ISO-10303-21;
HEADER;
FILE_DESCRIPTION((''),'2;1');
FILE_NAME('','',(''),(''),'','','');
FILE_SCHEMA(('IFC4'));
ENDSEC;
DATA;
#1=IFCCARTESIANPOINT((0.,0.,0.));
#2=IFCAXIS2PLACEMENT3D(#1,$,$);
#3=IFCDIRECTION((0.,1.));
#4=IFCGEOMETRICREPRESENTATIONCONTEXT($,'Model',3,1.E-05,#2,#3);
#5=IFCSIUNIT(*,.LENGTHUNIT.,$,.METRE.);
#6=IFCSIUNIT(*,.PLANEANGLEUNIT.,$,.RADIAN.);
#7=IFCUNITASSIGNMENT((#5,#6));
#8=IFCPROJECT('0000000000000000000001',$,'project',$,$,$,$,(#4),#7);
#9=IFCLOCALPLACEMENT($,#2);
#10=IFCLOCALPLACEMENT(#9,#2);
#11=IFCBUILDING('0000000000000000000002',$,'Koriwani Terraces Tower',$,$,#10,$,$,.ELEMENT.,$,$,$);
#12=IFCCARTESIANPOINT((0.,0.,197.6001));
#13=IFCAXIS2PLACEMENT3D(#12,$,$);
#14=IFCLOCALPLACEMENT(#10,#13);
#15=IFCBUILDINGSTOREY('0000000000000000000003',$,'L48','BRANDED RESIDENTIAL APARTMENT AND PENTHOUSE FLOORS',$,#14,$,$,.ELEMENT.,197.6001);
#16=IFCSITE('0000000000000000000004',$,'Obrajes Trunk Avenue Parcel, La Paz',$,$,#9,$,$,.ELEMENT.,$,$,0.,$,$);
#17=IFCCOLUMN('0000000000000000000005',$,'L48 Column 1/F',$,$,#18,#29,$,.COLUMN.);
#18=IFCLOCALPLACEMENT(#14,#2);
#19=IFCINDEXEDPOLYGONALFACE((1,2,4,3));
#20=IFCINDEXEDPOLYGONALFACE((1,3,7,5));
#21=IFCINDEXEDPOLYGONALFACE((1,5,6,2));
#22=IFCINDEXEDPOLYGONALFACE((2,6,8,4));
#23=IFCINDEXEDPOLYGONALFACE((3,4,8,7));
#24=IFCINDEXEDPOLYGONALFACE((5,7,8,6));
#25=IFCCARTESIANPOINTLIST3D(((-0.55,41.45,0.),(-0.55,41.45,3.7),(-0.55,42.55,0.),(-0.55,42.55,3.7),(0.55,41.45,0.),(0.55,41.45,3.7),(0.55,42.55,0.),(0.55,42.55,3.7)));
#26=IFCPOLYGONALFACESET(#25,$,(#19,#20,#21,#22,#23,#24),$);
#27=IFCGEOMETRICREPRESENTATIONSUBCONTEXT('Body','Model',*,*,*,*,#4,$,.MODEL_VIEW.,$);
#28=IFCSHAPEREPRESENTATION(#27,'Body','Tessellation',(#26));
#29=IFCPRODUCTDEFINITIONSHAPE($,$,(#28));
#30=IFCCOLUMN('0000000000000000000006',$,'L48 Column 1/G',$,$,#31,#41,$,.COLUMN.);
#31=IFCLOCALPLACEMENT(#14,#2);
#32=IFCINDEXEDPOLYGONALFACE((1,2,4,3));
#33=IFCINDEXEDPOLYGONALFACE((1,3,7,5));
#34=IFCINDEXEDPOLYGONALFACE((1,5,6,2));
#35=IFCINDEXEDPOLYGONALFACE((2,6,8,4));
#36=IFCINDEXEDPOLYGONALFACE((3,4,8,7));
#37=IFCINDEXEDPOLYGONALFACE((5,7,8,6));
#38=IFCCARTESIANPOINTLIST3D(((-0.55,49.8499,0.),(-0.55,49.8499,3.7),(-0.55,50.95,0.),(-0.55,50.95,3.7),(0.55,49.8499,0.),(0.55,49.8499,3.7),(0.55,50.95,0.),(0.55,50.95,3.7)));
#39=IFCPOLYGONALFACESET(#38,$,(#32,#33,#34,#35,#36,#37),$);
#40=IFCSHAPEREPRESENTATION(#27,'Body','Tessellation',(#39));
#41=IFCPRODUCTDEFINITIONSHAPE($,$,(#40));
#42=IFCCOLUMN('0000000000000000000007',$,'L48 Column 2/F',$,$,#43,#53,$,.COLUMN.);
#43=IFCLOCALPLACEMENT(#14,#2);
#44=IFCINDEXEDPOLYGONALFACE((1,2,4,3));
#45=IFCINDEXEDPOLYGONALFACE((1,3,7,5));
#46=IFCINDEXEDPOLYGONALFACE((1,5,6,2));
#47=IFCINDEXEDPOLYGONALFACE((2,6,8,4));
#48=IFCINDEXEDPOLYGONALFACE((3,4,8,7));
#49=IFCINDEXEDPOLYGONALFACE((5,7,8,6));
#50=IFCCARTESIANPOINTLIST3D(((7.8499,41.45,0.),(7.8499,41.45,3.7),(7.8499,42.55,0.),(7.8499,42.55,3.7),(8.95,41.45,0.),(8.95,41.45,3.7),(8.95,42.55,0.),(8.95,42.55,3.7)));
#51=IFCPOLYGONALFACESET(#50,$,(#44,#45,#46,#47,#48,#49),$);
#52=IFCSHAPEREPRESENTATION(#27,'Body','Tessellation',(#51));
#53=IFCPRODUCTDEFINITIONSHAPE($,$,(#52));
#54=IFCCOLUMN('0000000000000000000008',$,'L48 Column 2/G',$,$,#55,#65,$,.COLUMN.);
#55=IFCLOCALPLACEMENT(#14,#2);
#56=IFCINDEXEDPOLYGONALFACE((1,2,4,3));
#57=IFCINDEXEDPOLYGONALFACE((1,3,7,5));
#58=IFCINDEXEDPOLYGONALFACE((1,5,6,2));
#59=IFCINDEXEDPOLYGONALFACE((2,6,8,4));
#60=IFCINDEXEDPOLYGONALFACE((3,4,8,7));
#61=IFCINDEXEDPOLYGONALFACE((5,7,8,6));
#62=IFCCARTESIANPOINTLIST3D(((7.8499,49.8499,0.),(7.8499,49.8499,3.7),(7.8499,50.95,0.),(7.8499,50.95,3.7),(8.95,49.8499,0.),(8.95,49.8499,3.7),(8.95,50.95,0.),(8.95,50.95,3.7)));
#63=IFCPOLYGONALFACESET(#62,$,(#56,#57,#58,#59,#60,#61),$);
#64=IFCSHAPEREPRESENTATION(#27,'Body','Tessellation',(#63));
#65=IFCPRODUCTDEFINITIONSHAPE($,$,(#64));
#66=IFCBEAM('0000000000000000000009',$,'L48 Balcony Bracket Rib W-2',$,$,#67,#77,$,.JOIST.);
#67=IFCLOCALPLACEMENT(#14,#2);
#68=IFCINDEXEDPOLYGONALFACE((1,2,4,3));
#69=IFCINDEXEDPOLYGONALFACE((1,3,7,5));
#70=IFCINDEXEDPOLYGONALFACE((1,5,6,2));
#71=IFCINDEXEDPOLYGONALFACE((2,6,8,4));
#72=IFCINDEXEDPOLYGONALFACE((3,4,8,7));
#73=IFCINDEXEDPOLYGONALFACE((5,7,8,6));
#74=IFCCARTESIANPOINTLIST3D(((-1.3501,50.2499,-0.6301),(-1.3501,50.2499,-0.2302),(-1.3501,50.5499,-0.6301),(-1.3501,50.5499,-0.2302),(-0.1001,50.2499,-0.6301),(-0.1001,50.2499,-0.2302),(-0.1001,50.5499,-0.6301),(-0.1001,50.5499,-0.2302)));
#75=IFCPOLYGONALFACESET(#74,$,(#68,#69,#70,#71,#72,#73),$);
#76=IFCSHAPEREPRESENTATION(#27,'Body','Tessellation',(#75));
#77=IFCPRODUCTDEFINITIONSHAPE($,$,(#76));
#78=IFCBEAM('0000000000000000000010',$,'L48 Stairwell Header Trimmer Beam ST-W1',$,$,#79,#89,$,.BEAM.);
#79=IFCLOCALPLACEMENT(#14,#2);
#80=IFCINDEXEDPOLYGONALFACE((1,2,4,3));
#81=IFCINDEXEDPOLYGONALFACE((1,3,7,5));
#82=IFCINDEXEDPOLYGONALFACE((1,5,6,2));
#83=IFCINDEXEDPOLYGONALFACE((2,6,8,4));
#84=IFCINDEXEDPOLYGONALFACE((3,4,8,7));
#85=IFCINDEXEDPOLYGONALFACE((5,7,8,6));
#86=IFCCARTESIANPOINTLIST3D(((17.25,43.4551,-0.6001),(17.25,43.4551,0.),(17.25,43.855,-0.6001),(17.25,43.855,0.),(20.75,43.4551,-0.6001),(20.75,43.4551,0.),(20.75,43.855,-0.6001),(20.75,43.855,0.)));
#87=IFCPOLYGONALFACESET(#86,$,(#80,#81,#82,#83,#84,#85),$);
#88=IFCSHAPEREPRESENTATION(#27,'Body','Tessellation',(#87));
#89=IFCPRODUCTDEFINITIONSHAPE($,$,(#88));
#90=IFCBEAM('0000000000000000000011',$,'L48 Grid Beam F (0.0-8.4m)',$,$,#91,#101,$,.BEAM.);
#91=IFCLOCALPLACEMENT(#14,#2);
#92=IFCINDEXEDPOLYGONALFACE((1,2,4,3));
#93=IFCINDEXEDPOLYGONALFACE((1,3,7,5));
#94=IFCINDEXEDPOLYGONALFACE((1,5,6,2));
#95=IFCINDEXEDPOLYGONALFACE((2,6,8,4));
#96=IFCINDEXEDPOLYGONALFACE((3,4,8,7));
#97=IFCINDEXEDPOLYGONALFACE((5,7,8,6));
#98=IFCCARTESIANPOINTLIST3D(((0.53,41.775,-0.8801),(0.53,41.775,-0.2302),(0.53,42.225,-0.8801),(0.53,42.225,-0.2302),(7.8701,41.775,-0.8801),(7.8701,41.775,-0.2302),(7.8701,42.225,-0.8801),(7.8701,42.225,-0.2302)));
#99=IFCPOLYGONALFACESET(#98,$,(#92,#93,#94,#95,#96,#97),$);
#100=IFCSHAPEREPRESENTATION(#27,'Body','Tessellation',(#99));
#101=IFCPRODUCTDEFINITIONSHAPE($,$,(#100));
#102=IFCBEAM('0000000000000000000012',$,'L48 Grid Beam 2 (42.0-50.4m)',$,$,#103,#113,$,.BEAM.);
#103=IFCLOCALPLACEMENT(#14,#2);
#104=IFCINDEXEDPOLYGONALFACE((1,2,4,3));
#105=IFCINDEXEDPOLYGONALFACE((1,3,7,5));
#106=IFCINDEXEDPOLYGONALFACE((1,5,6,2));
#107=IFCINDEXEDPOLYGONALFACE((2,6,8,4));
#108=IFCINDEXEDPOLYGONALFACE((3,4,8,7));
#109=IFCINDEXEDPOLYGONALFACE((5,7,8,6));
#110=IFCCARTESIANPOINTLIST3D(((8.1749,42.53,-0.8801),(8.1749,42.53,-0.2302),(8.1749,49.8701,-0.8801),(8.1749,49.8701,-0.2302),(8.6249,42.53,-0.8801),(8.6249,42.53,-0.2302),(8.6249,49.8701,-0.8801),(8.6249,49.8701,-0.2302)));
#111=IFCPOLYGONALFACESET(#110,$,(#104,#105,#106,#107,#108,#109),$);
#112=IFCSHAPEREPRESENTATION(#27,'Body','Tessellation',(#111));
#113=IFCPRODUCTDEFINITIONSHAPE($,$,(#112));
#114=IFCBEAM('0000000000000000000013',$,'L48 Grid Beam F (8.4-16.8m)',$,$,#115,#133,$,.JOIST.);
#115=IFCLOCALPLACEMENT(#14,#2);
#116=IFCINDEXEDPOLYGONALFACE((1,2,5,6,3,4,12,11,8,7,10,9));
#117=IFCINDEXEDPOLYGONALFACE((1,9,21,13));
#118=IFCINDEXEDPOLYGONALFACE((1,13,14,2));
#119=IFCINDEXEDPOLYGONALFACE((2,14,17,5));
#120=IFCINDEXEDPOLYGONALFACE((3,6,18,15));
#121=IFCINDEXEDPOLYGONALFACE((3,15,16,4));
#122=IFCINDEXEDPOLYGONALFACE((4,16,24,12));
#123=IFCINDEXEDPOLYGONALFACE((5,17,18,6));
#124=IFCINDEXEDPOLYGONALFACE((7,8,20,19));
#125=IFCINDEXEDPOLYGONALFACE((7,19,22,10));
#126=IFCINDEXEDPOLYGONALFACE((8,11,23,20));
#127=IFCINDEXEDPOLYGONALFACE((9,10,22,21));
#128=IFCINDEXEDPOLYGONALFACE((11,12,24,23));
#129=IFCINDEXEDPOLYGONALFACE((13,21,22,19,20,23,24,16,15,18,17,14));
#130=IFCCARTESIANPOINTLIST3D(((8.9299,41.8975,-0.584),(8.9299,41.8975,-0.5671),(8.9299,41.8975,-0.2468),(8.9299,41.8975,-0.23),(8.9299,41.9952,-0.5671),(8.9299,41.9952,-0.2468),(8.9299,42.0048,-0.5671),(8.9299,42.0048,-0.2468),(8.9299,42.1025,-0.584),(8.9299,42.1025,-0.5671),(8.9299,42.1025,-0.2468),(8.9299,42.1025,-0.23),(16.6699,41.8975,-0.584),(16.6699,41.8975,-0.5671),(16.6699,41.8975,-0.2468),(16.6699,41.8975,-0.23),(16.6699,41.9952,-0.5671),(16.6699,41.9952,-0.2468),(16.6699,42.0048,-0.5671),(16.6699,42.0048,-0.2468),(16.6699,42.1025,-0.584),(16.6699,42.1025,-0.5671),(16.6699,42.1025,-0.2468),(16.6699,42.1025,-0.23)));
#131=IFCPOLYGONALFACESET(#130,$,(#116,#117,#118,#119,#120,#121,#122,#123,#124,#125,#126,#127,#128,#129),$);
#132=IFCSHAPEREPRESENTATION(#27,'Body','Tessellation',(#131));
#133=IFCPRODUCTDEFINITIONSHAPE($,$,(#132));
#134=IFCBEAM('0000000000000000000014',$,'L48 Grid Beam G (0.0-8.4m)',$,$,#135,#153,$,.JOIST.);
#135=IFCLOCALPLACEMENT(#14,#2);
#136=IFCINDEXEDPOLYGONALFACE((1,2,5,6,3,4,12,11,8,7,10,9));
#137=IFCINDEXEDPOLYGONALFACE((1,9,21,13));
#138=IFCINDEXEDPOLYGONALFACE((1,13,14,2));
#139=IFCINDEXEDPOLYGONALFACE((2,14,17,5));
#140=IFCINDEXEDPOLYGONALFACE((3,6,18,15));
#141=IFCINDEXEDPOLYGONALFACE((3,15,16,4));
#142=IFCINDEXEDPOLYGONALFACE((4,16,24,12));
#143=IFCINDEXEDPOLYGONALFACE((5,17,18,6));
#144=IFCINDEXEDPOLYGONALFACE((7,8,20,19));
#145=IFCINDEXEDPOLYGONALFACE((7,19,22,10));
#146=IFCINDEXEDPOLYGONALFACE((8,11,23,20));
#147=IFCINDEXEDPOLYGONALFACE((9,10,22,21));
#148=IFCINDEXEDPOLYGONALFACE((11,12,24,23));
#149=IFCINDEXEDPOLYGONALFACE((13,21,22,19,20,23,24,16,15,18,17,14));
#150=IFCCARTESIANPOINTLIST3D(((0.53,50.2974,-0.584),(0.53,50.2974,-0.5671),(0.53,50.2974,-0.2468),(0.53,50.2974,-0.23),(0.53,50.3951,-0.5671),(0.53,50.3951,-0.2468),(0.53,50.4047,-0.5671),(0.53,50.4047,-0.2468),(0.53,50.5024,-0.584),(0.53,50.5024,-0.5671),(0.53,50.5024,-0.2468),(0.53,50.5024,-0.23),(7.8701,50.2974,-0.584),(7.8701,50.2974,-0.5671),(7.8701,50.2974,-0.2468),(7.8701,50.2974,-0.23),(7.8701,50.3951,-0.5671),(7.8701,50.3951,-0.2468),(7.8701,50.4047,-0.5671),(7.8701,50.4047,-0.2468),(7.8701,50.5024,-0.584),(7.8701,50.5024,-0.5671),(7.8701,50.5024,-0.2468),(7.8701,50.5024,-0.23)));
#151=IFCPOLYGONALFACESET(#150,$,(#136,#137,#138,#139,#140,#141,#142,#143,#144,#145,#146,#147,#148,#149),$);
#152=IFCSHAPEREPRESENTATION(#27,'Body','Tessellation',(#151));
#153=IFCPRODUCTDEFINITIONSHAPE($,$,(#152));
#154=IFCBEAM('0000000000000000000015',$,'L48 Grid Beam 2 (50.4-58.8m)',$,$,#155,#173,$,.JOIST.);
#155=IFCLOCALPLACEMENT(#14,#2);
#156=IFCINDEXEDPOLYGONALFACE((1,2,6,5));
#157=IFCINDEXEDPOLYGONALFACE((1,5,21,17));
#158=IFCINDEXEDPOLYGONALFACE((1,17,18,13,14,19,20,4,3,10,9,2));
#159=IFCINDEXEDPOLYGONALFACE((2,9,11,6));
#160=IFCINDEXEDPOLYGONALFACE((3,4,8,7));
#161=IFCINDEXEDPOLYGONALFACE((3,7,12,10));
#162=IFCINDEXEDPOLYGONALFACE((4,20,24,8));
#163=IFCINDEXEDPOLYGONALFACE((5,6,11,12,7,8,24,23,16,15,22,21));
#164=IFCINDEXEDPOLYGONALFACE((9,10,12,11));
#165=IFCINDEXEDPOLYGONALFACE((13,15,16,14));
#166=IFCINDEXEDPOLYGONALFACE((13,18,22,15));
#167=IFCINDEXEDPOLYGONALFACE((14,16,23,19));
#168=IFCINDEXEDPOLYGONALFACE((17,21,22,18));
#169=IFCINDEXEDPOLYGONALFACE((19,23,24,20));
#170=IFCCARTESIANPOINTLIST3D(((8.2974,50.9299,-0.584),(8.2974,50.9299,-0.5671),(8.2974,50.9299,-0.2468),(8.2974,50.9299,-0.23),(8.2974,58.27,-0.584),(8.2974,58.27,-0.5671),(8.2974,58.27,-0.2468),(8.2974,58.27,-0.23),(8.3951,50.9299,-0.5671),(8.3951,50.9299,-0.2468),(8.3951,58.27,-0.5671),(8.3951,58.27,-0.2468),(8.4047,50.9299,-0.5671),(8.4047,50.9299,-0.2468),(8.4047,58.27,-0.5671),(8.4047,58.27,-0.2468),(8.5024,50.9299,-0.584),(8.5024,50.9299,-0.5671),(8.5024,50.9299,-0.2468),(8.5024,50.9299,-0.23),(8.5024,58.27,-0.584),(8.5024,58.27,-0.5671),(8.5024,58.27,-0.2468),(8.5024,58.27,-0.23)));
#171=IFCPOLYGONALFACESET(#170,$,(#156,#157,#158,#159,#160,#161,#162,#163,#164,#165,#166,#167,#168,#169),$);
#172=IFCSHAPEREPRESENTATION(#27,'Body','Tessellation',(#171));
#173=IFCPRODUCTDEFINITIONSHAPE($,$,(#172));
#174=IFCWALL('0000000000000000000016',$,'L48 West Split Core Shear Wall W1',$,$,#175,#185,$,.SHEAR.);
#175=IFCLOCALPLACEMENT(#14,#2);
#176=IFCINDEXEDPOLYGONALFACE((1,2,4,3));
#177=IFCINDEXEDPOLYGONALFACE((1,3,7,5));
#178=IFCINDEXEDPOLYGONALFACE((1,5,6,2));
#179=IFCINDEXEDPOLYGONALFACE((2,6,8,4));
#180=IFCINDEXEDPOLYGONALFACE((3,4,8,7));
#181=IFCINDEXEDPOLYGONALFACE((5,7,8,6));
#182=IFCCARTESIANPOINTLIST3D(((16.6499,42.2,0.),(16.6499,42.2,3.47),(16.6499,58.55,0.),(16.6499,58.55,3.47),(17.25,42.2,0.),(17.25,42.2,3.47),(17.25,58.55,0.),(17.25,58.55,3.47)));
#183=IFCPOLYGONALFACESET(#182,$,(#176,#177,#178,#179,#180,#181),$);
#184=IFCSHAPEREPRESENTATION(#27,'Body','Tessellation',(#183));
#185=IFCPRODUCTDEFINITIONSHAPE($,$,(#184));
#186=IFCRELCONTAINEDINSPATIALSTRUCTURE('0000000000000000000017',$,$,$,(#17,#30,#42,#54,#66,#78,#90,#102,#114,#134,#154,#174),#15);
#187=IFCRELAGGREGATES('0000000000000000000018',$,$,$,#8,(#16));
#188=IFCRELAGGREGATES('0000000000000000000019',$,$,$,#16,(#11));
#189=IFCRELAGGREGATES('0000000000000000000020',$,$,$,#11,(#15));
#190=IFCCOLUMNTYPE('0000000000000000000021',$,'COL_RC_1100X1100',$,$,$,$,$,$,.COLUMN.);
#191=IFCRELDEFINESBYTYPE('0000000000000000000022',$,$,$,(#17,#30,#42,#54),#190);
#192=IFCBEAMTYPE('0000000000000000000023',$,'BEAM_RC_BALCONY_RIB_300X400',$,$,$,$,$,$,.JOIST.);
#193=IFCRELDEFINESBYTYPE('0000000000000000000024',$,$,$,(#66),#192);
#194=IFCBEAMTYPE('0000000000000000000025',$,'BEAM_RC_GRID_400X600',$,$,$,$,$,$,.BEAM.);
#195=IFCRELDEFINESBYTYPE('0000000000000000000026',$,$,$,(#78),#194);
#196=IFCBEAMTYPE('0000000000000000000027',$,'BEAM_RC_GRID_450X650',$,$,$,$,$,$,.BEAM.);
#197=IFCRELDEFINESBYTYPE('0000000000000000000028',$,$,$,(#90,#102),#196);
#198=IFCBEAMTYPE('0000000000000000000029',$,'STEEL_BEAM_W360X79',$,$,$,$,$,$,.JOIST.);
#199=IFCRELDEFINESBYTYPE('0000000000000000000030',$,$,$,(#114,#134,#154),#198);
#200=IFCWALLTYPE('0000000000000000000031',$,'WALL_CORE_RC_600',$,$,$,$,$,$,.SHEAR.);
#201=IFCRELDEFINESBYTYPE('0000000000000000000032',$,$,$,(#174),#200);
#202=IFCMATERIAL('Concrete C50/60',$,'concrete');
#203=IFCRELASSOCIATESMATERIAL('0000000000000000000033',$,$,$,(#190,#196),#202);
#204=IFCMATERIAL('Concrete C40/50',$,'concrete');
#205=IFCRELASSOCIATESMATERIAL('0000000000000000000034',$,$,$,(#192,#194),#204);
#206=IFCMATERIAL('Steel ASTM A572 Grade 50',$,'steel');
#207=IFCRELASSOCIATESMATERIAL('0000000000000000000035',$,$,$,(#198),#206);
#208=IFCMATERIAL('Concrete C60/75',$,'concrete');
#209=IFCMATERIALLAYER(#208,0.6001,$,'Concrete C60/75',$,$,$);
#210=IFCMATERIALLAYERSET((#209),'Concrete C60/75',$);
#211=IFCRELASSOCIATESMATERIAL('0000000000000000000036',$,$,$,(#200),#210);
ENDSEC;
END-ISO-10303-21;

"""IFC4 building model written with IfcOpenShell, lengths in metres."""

from ifc_helpers import new_model, si_unit, direction, frame, frame_2d, origin, origin_2d, place, context, subcontext, project, spatial, rectangle, i_section, extrude, material, layer, layer_set, material_profile, profile_set, type_object, element, save


model = new_model("IFC4")

# Units and contexts
model_context = context("Model", 3, precision=1e-05, world=origin(), true_north=direction((0.0, 1.0)))
body_context = subcontext(model_context, "Body", "Model", "MODEL_VIEW")
ifc_project = project(units=[si_unit("LENGTHUNIT", "METRE"), si_unit("PLANEANGLEUNIT", "RADIAN")], contexts=[model_context])

# Site, building, storey
site_placement = place(None, origin())
site = spatial("IfcSite", under=ifc_project, at=site_placement, Name="Obrajes Trunk Avenue Parcel, La Paz", CompositionType="ELEMENT", RefElevation=0.0)
building_placement = place(site_placement, origin())
building = spatial("IfcBuilding", under=site, at=building_placement, Name="Koriwani Terraces Tower", CompositionType="ELEMENT")
storey_placement = place(building_placement, frame((0.0, 0.0, 197.6001)))
storey = spatial("IfcBuildingStorey", under=building, at=storey_placement, Name="L48", Description="BRANDED RESIDENTIAL APARTMENT AND PENTHOUSE FLOORS", CompositionType="ELEMENT", Elevation=197.6001)

# Columns
ifc_material_1 = material(Name="Concrete C50/60", Category="concrete")
ifc_material_profile_1 = material_profile(ifc_material_1, rectangle(XDim=1.1001, YDim=1.1001, at=origin_2d()), Name="Concrete C50/60", Category="LoadBearing")
ifc_profile_set_1 = profile_set([ifc_material_profile_1], Name="Concrete C50/60")
column_type = type_object("IfcColumnType", Name="COL_RC_1100X1100", PredefinedType="COLUMN", material=ifc_profile_set_1)
for number, where, z_axis, x_axis, name in (
    (1, (0.0, 42.0, 0.0), (0.0, 0.0, 1.0), (1.0, 0.0, 0.0), "L48 Column 1/F"),
    (2, (0.0, 50.3999, 0.0), (0.0, 0.0, 1.0), (1.0, 0.0, 0.0), "L48 Column 1/G"),
    (3, (8.3999, 42.0, 0.0), (0.0, 0.0, 1.0), (1.0, 0.0, 0.0), "L48 Column 2/F"),
    (4, (8.3999, 50.3999, 0.0), (0.0, 0.0, 1.0), (1.0, 0.0, 0.0), "L48 Column 2/G"),
):
    element("IfcColumn", number, at=place(storey_placement, frame(where, z_axis=z_axis, x_axis=x_axis)), inside=storey, type_object=column_type, Name=name, PredefinedType="COLUMN", context=body_context, shape_type="SweptSolid", body=[
        extrude(rectangle(XDim=1.1001, YDim=1.1001, at=origin_2d()), origin(), (0.0, 0.0, 1.0), 3.7),
    ])

# Beams
ifc_material_2 = material(Name="Concrete C40/50", Category="concrete")
ifc_material_profile_2 = material_profile(ifc_material_2, rectangle(XDim=0.3, YDim=0.3999, at=origin_2d()), Name="Concrete C40/50", Category="LoadBearing")
ifc_profile_set_2 = profile_set([ifc_material_profile_2], Name="Concrete C40/50")
beam_type_1 = type_object("IfcBeamType", Name="BEAM_RC_BALCONY_RIB_300X400", PredefinedType="JOIST", material=ifc_profile_set_2)
beam_1_placement = place(storey_placement, frame((-1.3501, 50.3999, -0.4302), z_axis=(1.0, 0.0, 0.0), x_axis=(0.0, 1.0, 0.0)))
element("IfcBeam", 5, at=beam_1_placement, inside=storey, type_object=beam_type_1, Name="L48 Balcony Bracket Rib W-2", PredefinedType="JOIST", context=body_context, shape_type="SweptSolid", body=[
    extrude(rectangle(XDim=0.3, YDim=0.3999, at=origin_2d()), origin(), (0.0, 0.0, 1.0), 1.25),
])
ifc_material_profile_3 = material_profile(ifc_material_2, rectangle(XDim=0.3999, YDim=0.6001, at=origin_2d()), Name="Concrete C40/50", Category="LoadBearing")
ifc_profile_set_3 = profile_set([ifc_material_profile_3], Name="Concrete C40/50")
beam_type_2 = type_object("IfcBeamType", Name="BEAM_RC_GRID_400X600", PredefinedType="BEAM", material=ifc_profile_set_3)
beam_2_placement = place(storey_placement, frame((17.25, 43.655, -0.3), z_axis=(1.0, 0.0, 0.0), x_axis=(0.0, 1.0, 0.0)))
element("IfcBeam", 6, at=beam_2_placement, inside=storey, type_object=beam_type_2, Name="L48 Stairwell Header Trimmer Beam ST-W1", PredefinedType="BEAM", context=body_context, shape_type="SweptSolid", body=[
    extrude(rectangle(XDim=0.3999, YDim=0.6001, at=origin_2d()), origin(), (0.0, 0.0, 1.0), 3.5),
])
ifc_material_profile_4 = material_profile(ifc_material_1, rectangle(XDim=0.45, YDim=0.6499, at=origin_2d()), Name="Concrete C50/60", Category="LoadBearing")
ifc_profile_set_4 = profile_set([ifc_material_profile_4], Name="Concrete C50/60")
beam_type_3 = type_object("IfcBeamType", Name="BEAM_RC_GRID_450X650", PredefinedType="BEAM", material=ifc_profile_set_4)
for number, where, z_axis, x_axis, name in (
    (7, (0.53, 42.0, -0.5552), (1.0, 0.0, 0.0), (0.0, 1.0, 0.0), "L48 Grid Beam F (0.0-8.4m)"),
    (8, (8.3999, 42.53, -0.5552), (0.0, 1.0, 0.0), (-1.0, 0.0, 0.0), "L48 Grid Beam 2 (42.0-50.4m)"),
):
    element("IfcBeam", number, at=place(storey_placement, frame(where, z_axis=z_axis, x_axis=x_axis)), inside=storey, type_object=beam_type_3, Name=name, PredefinedType="BEAM", context=body_context, shape_type="SweptSolid", body=[
        extrude(rectangle(XDim=0.45, YDim=0.6499, at=origin_2d()), origin(), (0.0, 0.0, 1.0), 7.3401),
    ])
ifc_material_3 = material(Name="Steel ASTM A572 Grade 50", Category="steel")
ifc_material_profile_5 = material_profile(ifc_material_3, i_section(OverallWidth=0.2051, OverallDepth=0.354, WebThickness=0.0095, FlangeThickness=0.0168, at=origin_2d()), Name="Steel ASTM A572 Grade 50", Category="LoadBearing")
ifc_profile_set_5 = profile_set([ifc_material_profile_5], Name="Steel ASTM A572 Grade 50")
beam_type_4 = type_object("IfcBeamType", Name="STEEL_BEAM_W360X79", PredefinedType="JOIST", material=ifc_profile_set_5)
beam_3_placement = place(storey_placement, frame((8.9299, 42.0, -0.407), z_axis=(1.0, 0.0, 0.0), x_axis=(0.0, 1.0, 0.0)))
element("IfcBeam", 9, at=beam_3_placement, inside=storey, type_object=beam_type_4, Name="L48 Grid Beam F (8.4-16.8m)", PredefinedType="JOIST", context=body_context, shape_type="SweptSolid", body=[
    extrude(i_section(OverallWidth=0.2051, OverallDepth=0.354, WebThickness=0.0095, FlangeThickness=0.0168, at=origin_2d()), origin(), (0.0, 0.0, 1.0), 7.74),
])
for number, where, z_axis, x_axis, name in (
    (10, (0.53, 50.3999, -0.407), (1.0, 0.0, 0.0), (0.0, 1.0, 0.0), "L48 Grid Beam G (0.0-8.4m)"),
    (11, (8.3999, 50.9299, -0.407), (0.0, 1.0, 0.0), (-1.0, 0.0, 0.0), "L48 Grid Beam 2 (50.4-58.8m)"),
):
    element("IfcBeam", number, at=place(storey_placement, frame(where, z_axis=z_axis, x_axis=x_axis)), inside=storey, type_object=beam_type_4, Name=name, PredefinedType="JOIST", context=body_context, shape_type="SweptSolid", body=[
        extrude(i_section(OverallWidth=0.2051, OverallDepth=0.354, WebThickness=0.0095, FlangeThickness=0.0168, at=origin_2d()), origin(), (0.0, 0.0, 1.0), 7.3401),
    ])

# Wall
ifc_material_4 = material(Name="Concrete C60/75", Category="concrete")
ifc_layer_1 = layer(ifc_material_4, 0.6001, Name="Concrete C60/75")
ifc_layer_set_1 = layer_set([ifc_layer_1], Name="Concrete C60/75")
wall_type_1 = type_object("IfcWallType", Name="WALL_CORE_RC_600", PredefinedType="SHEAR", material=ifc_layer_set_1)
wall_1_placement = place(storey_placement, frame((16.95, 42.2, 0.0), z_axis=(0.0, 0.0, 1.0), x_axis=(0.0, 1.0, 0.0)))
element("IfcWall", 12, at=wall_1_placement, inside=storey, type_object=wall_type_1, Name="L48 West Split Core Shear Wall W1", PredefinedType="SHEAR", context=body_context, shape_type="SweptSolid", body=[
    extrude(rectangle(XDim=16.3501, YDim=0.6001, at=frame_2d((8.175, 0.0))), origin(), (0.0, 0.0, 1.0), 3.47),
])

save(model, "model.ifc")
